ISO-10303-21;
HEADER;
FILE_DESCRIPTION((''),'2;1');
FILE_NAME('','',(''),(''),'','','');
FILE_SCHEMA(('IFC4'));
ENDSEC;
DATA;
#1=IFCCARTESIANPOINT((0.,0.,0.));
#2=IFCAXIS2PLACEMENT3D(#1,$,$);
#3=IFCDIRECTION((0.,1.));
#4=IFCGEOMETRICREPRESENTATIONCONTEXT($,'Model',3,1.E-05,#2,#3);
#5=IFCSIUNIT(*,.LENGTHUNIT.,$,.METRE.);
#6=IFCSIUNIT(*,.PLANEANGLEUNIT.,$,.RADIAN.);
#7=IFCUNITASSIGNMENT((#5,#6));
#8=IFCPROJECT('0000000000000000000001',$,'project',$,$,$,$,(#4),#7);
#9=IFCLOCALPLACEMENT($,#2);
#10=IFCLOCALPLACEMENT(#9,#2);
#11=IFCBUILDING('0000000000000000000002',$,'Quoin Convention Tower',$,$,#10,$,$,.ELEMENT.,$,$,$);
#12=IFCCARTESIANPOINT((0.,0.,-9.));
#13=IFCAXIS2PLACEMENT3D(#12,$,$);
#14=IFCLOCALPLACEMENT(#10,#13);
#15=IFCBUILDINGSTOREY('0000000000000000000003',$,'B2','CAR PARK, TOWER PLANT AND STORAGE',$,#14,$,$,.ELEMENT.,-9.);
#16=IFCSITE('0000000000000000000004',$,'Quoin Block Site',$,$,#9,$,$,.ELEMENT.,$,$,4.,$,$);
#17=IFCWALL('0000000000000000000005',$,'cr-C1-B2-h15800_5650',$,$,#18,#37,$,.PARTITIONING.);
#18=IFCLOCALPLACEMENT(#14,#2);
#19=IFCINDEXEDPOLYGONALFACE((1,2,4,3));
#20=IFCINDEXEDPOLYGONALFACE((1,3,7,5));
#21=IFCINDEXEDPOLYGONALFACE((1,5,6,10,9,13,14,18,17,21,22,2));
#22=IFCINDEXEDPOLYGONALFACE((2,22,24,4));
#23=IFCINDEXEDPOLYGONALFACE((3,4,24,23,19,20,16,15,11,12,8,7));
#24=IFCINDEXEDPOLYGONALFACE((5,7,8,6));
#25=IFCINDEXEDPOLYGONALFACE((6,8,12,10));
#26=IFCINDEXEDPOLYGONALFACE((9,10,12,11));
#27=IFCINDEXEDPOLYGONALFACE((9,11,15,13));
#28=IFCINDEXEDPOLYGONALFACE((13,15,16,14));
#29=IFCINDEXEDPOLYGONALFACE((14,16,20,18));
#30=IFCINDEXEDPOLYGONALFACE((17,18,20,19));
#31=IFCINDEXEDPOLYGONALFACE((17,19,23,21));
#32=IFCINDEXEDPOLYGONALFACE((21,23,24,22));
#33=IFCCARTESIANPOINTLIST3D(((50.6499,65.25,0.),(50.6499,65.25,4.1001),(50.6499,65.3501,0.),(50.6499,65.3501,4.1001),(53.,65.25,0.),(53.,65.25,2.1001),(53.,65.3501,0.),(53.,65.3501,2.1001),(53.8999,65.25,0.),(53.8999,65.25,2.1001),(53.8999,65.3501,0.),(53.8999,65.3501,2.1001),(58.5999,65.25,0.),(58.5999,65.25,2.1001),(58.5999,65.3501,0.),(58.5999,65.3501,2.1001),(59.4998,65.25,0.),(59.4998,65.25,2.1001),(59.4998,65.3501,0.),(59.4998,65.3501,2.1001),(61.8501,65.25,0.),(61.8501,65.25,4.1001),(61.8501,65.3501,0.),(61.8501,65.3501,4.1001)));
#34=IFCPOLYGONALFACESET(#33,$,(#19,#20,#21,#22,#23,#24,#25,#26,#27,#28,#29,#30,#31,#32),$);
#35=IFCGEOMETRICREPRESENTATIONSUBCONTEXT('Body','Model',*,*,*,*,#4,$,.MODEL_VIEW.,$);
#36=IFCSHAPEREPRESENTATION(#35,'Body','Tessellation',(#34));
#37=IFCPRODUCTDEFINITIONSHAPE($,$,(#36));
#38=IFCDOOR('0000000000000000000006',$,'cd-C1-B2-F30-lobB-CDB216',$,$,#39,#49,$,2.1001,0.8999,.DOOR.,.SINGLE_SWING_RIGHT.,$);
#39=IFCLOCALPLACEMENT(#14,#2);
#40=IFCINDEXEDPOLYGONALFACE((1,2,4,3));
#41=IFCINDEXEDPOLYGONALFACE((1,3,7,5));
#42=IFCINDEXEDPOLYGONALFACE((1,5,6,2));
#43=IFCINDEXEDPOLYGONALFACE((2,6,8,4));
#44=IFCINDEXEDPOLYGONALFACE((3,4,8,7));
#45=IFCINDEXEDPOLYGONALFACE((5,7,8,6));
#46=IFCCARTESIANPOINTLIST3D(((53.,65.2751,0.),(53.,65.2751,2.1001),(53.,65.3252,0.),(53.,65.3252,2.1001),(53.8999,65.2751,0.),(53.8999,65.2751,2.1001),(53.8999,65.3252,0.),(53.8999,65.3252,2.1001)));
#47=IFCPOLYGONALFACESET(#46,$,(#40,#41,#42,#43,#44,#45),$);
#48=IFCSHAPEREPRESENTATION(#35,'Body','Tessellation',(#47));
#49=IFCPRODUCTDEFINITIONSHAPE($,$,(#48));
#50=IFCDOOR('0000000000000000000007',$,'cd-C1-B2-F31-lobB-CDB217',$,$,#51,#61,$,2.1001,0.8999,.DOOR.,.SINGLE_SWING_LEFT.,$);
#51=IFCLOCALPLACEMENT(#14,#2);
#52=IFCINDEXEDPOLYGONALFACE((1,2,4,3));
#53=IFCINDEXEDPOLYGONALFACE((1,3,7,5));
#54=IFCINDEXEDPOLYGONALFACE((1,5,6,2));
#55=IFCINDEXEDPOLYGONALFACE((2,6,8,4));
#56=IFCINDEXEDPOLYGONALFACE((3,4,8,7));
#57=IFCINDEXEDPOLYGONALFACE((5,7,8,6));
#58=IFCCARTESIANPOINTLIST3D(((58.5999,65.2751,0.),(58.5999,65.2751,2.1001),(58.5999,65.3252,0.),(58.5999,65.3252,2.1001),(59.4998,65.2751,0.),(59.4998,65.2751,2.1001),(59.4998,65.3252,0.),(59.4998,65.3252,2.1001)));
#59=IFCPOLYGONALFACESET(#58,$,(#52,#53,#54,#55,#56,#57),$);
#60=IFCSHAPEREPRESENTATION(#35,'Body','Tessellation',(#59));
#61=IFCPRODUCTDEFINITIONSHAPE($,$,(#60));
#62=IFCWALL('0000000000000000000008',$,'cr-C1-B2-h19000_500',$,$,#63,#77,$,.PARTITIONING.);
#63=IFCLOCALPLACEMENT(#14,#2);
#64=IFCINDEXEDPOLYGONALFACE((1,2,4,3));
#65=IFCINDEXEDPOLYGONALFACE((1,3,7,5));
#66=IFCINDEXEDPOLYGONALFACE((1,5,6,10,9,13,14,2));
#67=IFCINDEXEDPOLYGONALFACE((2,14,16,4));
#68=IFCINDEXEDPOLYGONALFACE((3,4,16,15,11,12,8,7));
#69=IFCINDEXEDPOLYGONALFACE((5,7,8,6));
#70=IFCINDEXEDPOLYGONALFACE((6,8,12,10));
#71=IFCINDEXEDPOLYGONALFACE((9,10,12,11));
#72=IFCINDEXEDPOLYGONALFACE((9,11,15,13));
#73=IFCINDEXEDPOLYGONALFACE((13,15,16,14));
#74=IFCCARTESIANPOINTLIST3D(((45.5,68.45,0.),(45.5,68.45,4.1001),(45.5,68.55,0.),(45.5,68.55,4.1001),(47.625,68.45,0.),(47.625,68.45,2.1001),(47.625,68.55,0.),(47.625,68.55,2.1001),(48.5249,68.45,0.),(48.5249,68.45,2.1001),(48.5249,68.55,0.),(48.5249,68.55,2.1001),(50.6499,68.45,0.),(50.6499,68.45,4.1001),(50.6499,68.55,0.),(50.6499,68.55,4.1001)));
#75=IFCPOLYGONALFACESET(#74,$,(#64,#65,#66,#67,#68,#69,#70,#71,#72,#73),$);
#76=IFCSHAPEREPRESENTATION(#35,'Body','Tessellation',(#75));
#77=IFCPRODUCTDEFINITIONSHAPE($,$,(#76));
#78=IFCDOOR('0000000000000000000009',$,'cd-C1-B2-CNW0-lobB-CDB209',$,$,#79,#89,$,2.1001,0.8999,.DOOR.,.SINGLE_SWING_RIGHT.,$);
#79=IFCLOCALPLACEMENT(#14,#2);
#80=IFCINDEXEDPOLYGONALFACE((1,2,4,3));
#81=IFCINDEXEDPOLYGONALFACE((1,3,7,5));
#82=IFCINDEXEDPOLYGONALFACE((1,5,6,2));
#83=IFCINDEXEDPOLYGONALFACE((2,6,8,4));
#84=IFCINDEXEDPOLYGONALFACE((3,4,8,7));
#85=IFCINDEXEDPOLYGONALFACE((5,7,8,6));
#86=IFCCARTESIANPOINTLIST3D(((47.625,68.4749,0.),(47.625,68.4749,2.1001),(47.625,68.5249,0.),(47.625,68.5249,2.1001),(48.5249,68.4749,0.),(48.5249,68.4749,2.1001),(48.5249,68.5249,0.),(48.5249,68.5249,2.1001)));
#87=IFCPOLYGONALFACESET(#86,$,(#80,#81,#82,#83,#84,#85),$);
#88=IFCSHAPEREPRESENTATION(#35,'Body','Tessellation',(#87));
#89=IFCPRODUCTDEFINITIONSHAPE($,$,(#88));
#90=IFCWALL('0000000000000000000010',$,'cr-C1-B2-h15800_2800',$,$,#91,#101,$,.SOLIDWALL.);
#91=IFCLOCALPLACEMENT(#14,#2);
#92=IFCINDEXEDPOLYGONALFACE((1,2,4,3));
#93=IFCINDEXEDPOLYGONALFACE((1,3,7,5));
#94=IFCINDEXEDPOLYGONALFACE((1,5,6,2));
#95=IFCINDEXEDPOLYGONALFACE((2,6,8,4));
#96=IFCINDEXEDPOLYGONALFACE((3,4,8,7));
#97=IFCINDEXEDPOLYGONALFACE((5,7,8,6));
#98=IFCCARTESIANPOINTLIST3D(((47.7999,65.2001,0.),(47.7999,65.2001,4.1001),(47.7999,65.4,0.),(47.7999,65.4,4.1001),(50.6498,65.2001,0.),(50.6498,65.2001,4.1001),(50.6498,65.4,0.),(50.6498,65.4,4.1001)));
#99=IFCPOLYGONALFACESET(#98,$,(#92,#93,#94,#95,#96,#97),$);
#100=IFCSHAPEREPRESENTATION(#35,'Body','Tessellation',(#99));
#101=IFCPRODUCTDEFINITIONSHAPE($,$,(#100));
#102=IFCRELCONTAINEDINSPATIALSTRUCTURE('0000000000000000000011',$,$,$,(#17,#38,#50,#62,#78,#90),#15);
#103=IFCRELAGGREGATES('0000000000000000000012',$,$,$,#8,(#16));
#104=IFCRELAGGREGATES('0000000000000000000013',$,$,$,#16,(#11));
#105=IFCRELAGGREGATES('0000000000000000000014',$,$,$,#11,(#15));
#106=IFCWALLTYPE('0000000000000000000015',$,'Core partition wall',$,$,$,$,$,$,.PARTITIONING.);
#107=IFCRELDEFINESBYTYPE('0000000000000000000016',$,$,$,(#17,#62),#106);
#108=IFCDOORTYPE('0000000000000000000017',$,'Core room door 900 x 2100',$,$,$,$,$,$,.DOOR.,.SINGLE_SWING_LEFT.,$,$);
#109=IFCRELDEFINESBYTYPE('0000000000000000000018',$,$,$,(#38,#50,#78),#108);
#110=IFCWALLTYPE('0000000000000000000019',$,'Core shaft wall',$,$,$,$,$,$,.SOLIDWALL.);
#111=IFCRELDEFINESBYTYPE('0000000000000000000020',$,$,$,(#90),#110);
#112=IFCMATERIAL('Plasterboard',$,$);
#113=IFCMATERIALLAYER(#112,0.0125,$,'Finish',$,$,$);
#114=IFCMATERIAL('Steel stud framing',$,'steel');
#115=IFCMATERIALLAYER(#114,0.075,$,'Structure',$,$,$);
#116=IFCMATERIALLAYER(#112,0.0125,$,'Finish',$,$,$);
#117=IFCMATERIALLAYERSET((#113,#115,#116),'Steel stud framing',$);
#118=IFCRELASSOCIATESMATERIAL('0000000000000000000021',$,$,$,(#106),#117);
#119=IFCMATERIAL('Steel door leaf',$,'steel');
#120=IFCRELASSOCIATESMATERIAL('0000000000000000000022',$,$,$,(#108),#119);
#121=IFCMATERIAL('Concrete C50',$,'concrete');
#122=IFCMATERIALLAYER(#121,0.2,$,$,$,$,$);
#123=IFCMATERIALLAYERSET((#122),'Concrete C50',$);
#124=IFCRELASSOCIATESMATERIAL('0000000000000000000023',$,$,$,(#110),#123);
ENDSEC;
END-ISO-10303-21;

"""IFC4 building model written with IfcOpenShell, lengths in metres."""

from ifc_helpers import new_model, si_unit, direction, frame, frame_2d, origin, place, context, subcontext, project, spatial, rectangle, extrude, material, layer, layer_set, type_object, element, fill, save


model = new_model("IFC4")

# Units and contexts
model_context = context("Model", 3, precision=1e-05, world=origin(), true_north=direction((0.0, 1.0)))
body_context = subcontext(model_context, "Body", "Model", "MODEL_VIEW")
ifc_project = project(units=[si_unit("LENGTHUNIT", "METRE"), si_unit("PLANEANGLEUNIT", "RADIAN")], contexts=[model_context])

# Site, building, storey
site_placement = place(None, origin())
site = spatial("IfcSite", under=ifc_project, at=site_placement, Name="Quoin Block Site", CompositionType="ELEMENT", RefElevation=4.0)
building_placement = place(site_placement, origin())
building = spatial("IfcBuilding", under=site, at=building_placement, Name="Quoin Convention Tower", CompositionType="ELEMENT")
storey_placement = place(building_placement, frame((0.0, 0.0, -9.0)))
storey = spatial("IfcBuildingStorey", under=building, at=storey_placement, Name="B2", Description="CAR PARK, TOWER PLANT AND STORAGE", CompositionType="ELEMENT", Elevation=-9.0)

# Wall, openings, doors
ifc_material_1 = material(Name="Plasterboard")
ifc_layer_1 = layer(ifc_material_1, 0.0125, Name="Finish")
ifc_material_2 = material(Name="Steel stud framing", Category="steel")
ifc_layer_2 = layer(ifc_material_2, 0.075, Name="Structure")
ifc_layer_3 = layer(ifc_material_1, 0.0125, Name="Finish")
ifc_layer_set_1 = layer_set([ifc_layer_1, ifc_layer_2, ifc_layer_3], Name="Steel stud framing")
wall_type_1 = type_object("IfcWallType", Name="Core partition wall", PredefinedType="PARTITIONING", material=ifc_layer_set_1)
wall_1_placement = place(storey_placement, frame((50.6499, 65.3, 0.0), z_axis=(0.0, 0.0, 1.0), x_axis=(1.0, 0.0, 0.0)))
wall_1 = element("IfcWall", 1, at=wall_1_placement, inside=storey, type_object=wall_type_1, Name="cr-C1-B2-h15800_5650", PredefinedType="PARTITIONING", context=body_context, shape_type="SweptSolid", body=[
    extrude(rectangle(XDim=11.2002, YDim=0.1001, at=frame_2d((5.6001, 0.0))), origin(), (0.0, 0.0, 1.0), 4.1001),
])
opening_1_placement = place(wall_1_placement, frame((2.3501, 0.0, 0.0)))
opening_1 = element("IfcOpeningElement", 2, at=opening_1_placement, cuts=wall_1, PredefinedType="OPENING", context=body_context, shape_type="SweptSolid", body=[
    extrude(rectangle(XDim=0.8999, YDim=2.1001, at=frame_2d((0.45, 1.05))), frame((0.0, 0.0601, 0.0), z_axis=(0.0, -1.0, 0.0), x_axis=(1.0, 0.0, 0.0)), (0.0, 0.0, 1.0), 0.1201),
])
opening_2_placement = place(wall_1_placement, frame((7.95, 0.0, 0.0)))
opening_2 = element("IfcOpeningElement", 3, at=opening_2_placement, cuts=wall_1, PredefinedType="OPENING", context=body_context, shape_type="SweptSolid", body=[
    extrude(rectangle(XDim=0.8999, YDim=2.1001, at=frame_2d((0.45, 1.05))), frame((0.0, 0.0601, 0.0), z_axis=(0.0, -1.0, 0.0), x_axis=(1.0, 0.0, 0.0)), (0.0, 0.0, 1.0), 0.1201),
])
ifc_material_3 = material(Name="Steel door leaf", Category="steel")
door_type_1 = type_object("IfcDoorType", Name="Core room door 900 x 2100", OperationType="SINGLE_SWING_LEFT", PredefinedType="DOOR", material=ifc_material_3)
door_1_placement = place(opening_1_placement, frame((0.8999, 0.0, 0.0), z_axis=(0.0, 0.0, 1.0), x_axis=(-1.0, 0.0, 0.0)))
door_1 = element("IfcDoor", 4, at=door_1_placement, inside=storey, type_object=door_type_1, Name="cd-C1-B2-F30-lobB-CDB216", OperationType="SINGLE_SWING_RIGHT", OverallHeight=2.1001, OverallWidth=0.8999, PredefinedType="DOOR", context=body_context, shape_type="SweptSolid", body=[
    extrude(rectangle(XDim=0.8999, YDim=2.1001, at=frame_2d((0.45, 1.05))), frame((0.0, 0.0249, 0.0), z_axis=(0.0, -1.0, 0.0), x_axis=(1.0, 0.0, 0.0)), (0.0, 0.0, 1.0), 0.05),
])
fill(opening_1, door_1)
door_2_placement = place(opening_2_placement, frame((0.8999, 0.0, 0.0), z_axis=(0.0, 0.0, 1.0), x_axis=(-1.0, 0.0, 0.0)))
door_2 = element("IfcDoor", 5, at=door_2_placement, inside=storey, type_object=door_type_1, Name="cd-C1-B2-F31-lobB-CDB217", OperationType="SINGLE_SWING_LEFT", OverallHeight=2.1001, OverallWidth=0.8999, PredefinedType="DOOR", context=body_context, shape_type="SweptSolid", body=[
    extrude(rectangle(XDim=0.8999, YDim=2.1001, at=frame_2d((0.45, 1.05))), frame((0.0, 0.0249, 0.0), z_axis=(0.0, -1.0, 0.0), x_axis=(1.0, 0.0, 0.0)), (0.0, 0.0, 1.0), 0.05),
])
fill(opening_2, door_2)

# Wall, opening, door
wall_2_placement = place(storey_placement, frame((45.5, 68.5, 0.0), z_axis=(0.0, 0.0, 1.0), x_axis=(1.0, 0.0, 0.0)))
wall_2 = element("IfcWall", 6, at=wall_2_placement, inside=storey, type_object=wall_type_1, Name="cr-C1-B2-h19000_500", PredefinedType="PARTITIONING", context=body_context, shape_type="SweptSolid", body=[
    extrude(rectangle(XDim=5.1499, YDim=0.1001, at=frame_2d((2.575, 0.0))), origin(), (0.0, 0.0, 1.0), 4.1001),
])
opening_3_placement = place(wall_2_placement, frame((2.125, 0.0, 0.0)))
opening_3 = element("IfcOpeningElement", 7, at=opening_3_placement, cuts=wall_2, PredefinedType="OPENING", context=body_context, shape_type="SweptSolid", body=[
    extrude(rectangle(XDim=0.8999, YDim=2.1001, at=frame_2d((0.45, 1.05))), frame((0.0, 0.0601, 0.0), z_axis=(0.0, -1.0, 0.0), x_axis=(1.0, 0.0, 0.0)), (0.0, 0.0, 1.0), 0.1201),
])
door_3_placement = place(opening_3_placement, origin())
door_3 = element("IfcDoor", 8, at=door_3_placement, inside=storey, type_object=door_type_1, Name="cd-C1-B2-CNW0-lobB-CDB209", OperationType="SINGLE_SWING_RIGHT", OverallHeight=2.1001, OverallWidth=0.8999, PredefinedType="DOOR", context=body_context, shape_type="SweptSolid", body=[
    extrude(rectangle(XDim=0.8999, YDim=2.1001, at=frame_2d((0.45, 1.05))), frame((0.0, 0.0249, 0.0), z_axis=(0.0, -1.0, 0.0), x_axis=(1.0, 0.0, 0.0)), (0.0, 0.0, 1.0), 0.05),
])
fill(opening_3, door_3)

# Wall
ifc_material_4 = material(Name="Concrete C50", Category="concrete")
ifc_layer_4 = layer(ifc_material_4, 0.2)
ifc_layer_set_2 = layer_set([ifc_layer_4], Name="Concrete C50")
wall_type_2 = type_object("IfcWallType", Name="Core shaft wall", PredefinedType="SOLIDWALL", material=ifc_layer_set_2)
wall_3_placement = place(storey_placement, frame((47.8, 65.3, 0.0), z_axis=(0.0, 0.0, 1.0), x_axis=(1.0, 0.0, 0.0)))
element("IfcWall", 9, at=wall_3_placement, inside=storey, type_object=wall_type_2, Name="cr-C1-B2-h15800_2800", PredefinedType="SOLIDWALL", context=body_context, shape_type="SweptSolid", body=[
    extrude(rectangle(XDim=2.8499, YDim=0.2, at=frame_2d((1.4248, 0.0))), origin(), (0.0, 0.0, 1.0), 4.1001),
])

save(model, "model.ifc")
